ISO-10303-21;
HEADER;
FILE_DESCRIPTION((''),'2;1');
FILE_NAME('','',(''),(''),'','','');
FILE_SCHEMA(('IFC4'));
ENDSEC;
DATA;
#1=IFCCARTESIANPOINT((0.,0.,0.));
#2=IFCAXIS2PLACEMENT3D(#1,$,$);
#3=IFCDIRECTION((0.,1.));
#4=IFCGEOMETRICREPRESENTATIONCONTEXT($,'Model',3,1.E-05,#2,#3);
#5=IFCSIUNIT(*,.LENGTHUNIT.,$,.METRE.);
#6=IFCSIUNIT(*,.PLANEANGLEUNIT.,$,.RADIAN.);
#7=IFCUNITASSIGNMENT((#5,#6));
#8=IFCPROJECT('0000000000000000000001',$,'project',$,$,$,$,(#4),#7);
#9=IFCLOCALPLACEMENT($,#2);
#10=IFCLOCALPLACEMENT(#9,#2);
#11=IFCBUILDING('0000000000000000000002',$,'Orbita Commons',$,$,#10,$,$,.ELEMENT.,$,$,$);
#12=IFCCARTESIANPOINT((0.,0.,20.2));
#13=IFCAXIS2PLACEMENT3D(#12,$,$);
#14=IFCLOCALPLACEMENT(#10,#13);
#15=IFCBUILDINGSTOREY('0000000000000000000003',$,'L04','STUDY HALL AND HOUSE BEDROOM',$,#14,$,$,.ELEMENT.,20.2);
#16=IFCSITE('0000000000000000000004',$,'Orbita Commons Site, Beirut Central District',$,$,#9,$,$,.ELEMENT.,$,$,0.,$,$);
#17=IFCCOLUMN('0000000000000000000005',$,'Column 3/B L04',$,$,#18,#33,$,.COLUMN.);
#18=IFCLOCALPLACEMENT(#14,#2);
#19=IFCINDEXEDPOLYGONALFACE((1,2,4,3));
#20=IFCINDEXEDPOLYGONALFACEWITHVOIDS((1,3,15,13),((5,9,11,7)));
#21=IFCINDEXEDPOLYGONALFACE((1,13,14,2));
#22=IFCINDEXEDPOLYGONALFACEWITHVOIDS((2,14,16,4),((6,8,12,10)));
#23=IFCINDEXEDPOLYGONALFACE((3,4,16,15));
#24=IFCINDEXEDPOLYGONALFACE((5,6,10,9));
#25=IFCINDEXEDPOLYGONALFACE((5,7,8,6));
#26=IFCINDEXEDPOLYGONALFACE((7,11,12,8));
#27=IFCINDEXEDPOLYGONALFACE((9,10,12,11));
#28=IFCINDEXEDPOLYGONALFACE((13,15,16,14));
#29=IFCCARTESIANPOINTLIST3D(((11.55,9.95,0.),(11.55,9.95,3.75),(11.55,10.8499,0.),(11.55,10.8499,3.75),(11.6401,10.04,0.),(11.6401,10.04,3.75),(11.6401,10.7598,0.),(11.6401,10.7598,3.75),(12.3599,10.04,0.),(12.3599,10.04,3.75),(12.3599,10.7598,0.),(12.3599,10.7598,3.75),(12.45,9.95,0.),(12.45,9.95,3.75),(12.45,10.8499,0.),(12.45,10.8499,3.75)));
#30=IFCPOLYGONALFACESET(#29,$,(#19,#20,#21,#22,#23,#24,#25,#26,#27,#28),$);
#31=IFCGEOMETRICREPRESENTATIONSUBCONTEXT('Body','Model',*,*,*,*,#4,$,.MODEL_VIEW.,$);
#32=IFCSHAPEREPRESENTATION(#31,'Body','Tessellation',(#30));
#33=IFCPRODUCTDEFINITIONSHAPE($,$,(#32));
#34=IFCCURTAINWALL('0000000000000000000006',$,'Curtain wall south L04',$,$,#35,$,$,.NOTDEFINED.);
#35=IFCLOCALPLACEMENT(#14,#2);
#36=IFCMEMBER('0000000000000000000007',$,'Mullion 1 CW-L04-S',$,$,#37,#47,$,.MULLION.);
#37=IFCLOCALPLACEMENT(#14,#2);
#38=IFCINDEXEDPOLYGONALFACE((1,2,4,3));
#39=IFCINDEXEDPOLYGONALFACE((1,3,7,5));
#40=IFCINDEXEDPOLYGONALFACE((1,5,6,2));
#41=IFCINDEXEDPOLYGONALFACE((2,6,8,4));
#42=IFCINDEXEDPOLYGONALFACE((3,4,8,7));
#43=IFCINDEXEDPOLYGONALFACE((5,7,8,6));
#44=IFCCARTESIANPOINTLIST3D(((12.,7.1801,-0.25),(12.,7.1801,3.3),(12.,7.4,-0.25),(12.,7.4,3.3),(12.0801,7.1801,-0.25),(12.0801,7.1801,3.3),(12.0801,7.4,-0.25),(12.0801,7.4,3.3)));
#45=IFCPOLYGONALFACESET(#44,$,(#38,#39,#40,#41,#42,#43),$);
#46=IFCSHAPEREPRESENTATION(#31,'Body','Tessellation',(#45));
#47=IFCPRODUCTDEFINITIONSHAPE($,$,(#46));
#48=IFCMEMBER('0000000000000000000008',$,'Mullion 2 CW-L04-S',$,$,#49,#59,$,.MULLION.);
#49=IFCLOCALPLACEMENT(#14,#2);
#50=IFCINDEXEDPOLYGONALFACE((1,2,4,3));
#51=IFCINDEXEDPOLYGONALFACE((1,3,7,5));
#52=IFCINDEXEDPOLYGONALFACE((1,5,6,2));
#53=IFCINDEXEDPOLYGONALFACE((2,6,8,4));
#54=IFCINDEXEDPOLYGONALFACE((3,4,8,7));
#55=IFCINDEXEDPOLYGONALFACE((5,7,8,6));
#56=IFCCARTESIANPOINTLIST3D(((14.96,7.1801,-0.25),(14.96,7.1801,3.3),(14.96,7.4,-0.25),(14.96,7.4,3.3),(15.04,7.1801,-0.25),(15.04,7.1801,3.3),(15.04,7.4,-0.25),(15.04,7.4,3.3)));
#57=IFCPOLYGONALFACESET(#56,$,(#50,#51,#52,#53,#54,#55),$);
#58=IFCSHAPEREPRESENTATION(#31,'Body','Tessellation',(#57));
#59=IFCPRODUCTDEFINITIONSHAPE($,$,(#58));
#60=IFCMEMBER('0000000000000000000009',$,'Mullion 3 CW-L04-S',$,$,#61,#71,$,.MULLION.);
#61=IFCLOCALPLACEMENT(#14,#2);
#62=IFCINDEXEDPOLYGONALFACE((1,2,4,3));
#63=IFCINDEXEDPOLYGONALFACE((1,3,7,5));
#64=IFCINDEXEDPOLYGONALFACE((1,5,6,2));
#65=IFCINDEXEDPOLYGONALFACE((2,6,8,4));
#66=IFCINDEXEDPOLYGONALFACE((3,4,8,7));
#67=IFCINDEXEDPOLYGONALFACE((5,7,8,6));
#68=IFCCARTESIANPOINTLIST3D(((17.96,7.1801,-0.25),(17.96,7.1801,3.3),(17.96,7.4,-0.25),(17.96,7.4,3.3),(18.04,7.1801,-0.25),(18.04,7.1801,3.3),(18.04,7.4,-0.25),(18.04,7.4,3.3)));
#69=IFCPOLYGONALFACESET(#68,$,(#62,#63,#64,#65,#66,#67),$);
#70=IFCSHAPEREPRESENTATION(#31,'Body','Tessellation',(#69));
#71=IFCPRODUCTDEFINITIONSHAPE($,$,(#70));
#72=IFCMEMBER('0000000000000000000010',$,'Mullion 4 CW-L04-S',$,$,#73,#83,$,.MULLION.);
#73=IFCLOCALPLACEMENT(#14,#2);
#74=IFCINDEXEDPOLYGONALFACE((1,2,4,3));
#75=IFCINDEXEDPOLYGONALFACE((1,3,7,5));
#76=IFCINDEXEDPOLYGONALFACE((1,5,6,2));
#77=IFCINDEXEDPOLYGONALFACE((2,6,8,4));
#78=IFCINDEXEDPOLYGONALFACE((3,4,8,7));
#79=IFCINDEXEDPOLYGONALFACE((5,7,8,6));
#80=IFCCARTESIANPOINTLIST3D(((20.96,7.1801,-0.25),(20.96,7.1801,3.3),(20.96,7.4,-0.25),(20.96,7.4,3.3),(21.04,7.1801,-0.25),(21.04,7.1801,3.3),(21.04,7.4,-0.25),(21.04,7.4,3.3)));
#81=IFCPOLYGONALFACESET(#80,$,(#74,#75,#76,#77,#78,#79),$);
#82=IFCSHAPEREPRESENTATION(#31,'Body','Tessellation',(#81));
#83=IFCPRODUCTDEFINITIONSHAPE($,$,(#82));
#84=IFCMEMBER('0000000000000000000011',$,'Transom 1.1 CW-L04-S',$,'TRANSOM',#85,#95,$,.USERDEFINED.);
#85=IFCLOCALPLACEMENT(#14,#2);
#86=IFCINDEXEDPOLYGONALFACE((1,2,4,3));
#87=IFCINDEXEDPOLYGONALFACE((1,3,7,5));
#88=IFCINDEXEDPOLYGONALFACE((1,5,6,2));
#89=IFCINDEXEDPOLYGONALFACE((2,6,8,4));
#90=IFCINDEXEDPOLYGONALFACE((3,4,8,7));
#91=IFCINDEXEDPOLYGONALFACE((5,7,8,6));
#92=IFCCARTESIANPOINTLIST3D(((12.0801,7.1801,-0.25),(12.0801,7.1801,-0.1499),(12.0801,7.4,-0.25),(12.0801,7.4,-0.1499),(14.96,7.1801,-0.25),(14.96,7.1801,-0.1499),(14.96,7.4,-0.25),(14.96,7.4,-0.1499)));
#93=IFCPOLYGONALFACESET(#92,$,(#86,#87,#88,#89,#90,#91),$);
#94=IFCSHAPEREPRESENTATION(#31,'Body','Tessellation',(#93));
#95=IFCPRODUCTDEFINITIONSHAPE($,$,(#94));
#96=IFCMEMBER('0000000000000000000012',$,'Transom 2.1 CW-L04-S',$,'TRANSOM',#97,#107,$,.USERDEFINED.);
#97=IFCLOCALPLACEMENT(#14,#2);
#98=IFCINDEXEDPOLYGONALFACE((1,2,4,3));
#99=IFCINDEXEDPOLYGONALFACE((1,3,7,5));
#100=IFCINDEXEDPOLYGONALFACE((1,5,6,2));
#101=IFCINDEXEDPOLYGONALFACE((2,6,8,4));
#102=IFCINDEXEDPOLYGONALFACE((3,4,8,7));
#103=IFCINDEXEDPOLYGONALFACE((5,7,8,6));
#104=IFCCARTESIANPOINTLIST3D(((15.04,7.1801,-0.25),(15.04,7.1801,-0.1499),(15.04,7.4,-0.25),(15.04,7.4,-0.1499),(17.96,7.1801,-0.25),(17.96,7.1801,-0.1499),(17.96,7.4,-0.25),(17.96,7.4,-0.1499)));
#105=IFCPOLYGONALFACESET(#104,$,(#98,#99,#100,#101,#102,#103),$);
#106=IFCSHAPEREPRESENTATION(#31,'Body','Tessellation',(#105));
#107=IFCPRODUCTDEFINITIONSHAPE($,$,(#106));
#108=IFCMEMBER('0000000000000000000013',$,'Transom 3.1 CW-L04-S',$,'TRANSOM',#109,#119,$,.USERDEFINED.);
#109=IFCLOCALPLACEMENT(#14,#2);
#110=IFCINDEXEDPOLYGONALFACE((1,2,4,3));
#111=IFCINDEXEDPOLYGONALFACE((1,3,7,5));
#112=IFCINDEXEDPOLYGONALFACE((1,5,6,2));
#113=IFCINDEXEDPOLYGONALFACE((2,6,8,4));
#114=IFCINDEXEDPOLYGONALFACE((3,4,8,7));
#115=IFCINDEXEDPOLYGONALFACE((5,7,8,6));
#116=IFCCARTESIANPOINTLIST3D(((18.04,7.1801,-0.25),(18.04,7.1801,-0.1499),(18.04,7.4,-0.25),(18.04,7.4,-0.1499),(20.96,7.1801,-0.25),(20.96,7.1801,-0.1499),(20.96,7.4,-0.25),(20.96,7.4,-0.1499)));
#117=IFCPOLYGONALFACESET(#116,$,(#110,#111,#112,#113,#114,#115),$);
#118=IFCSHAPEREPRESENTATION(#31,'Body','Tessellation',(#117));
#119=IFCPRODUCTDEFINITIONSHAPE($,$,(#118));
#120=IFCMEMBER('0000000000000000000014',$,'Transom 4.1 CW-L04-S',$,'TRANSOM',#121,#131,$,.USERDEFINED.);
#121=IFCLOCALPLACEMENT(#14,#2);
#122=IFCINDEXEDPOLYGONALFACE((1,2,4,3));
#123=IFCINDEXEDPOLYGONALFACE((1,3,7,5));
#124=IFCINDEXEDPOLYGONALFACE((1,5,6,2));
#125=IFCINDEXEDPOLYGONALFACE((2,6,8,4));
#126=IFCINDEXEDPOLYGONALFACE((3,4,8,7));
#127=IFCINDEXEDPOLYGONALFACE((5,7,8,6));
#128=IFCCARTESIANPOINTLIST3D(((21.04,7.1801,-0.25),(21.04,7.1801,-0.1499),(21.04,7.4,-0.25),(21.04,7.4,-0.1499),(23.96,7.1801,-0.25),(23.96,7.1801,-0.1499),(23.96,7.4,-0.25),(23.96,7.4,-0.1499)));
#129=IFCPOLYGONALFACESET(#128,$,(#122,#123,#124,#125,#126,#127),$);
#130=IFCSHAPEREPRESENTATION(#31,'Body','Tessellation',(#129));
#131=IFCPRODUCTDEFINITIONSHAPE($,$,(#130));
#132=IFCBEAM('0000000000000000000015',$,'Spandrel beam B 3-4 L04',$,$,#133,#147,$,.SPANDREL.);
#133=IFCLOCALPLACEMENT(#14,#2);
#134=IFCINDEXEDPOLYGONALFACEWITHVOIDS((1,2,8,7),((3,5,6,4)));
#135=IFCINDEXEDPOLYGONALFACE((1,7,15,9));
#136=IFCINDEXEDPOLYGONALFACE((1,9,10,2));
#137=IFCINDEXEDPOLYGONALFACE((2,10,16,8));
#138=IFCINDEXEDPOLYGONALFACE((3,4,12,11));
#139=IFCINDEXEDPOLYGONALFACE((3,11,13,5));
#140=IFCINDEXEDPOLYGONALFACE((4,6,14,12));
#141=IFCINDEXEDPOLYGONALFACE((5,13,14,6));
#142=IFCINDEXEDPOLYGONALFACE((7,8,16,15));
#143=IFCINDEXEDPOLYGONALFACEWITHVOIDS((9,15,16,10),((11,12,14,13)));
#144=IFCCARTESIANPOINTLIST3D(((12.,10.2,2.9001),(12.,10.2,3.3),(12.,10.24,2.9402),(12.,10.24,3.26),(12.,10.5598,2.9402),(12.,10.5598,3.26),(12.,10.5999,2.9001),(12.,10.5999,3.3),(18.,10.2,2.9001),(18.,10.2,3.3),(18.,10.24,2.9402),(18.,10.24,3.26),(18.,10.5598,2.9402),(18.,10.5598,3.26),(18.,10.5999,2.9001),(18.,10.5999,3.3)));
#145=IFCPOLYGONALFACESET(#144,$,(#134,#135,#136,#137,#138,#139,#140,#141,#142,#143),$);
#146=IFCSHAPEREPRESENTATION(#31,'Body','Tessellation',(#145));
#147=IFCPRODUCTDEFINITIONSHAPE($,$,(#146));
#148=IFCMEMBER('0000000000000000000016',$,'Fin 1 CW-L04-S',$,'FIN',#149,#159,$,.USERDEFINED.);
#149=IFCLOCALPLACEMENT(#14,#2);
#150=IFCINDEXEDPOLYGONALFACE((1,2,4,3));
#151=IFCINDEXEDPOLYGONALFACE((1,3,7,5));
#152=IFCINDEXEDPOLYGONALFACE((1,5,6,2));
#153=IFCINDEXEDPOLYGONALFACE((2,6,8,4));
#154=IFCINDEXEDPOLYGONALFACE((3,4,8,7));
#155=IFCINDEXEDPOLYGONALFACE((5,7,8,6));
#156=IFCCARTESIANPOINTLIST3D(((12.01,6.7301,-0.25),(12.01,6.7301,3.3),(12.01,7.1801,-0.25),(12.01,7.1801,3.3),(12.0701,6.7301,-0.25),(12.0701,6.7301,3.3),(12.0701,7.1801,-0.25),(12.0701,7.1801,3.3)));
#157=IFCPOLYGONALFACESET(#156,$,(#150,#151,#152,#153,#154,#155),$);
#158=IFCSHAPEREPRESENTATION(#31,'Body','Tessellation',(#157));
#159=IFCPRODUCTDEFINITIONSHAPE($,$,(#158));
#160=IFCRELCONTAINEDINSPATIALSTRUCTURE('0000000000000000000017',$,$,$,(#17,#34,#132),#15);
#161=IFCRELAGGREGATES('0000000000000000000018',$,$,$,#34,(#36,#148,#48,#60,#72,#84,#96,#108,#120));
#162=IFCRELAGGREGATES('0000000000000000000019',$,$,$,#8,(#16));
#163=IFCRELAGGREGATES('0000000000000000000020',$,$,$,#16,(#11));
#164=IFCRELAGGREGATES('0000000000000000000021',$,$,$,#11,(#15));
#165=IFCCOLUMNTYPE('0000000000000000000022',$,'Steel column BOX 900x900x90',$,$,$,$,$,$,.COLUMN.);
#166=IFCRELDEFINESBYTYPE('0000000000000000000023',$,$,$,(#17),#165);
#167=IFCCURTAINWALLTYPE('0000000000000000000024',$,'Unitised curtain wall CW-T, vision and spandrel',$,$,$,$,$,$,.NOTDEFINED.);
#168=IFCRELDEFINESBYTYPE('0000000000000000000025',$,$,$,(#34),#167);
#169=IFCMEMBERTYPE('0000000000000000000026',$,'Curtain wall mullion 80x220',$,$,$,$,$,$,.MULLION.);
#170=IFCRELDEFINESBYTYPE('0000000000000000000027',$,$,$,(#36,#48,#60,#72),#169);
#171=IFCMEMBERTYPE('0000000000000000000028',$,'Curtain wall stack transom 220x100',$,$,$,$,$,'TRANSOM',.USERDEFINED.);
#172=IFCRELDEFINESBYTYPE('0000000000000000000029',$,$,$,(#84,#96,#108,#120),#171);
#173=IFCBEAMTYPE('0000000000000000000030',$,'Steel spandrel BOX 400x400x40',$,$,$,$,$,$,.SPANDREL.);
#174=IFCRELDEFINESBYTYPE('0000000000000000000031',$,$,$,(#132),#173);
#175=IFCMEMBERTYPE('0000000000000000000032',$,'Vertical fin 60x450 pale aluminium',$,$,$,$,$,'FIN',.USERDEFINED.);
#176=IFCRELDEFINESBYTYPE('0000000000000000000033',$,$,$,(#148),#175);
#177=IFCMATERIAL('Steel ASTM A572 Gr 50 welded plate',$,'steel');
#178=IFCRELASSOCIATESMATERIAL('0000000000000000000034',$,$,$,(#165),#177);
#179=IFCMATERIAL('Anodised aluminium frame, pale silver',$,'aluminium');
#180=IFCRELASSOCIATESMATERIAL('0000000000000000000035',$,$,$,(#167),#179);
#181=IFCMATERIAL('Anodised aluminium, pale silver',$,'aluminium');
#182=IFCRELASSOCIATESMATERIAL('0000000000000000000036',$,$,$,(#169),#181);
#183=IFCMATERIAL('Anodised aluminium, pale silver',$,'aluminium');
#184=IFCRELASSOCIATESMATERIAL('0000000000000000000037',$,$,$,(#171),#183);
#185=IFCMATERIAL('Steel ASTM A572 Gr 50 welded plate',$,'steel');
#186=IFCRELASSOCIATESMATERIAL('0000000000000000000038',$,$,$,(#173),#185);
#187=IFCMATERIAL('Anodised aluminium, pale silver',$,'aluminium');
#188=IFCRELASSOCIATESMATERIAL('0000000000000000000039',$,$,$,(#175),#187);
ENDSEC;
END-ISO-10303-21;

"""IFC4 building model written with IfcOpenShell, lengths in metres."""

from ifc_helpers import new_model, si_unit, direction, frame, origin, origin_2d, place, context, subcontext, project, spatial, rectangle, hollow_rectangle, extrude, material, material_profile, profile_set, type_object, element, aggregate, save


model = new_model("IFC4")

# Units and contexts
model_context = context("Model", 3, precision=1e-05, world=origin(), true_north=direction((0.0, 1.0)))
body_context = subcontext(model_context, "Body", "Model", "MODEL_VIEW")
ifc_project = project(units=[si_unit("LENGTHUNIT", "METRE"), si_unit("PLANEANGLEUNIT", "RADIAN")], contexts=[model_context])

# Site, building, storey
site_placement = place(None, origin())
site = spatial("IfcSite", under=ifc_project, at=site_placement, Name="Orbita Commons Site, Beirut Central District", CompositionType="ELEMENT", RefElevation=0.0)
building_placement = place(site_placement, origin())
building = spatial("IfcBuilding", under=site, at=building_placement, Name="Orbita Commons", CompositionType="ELEMENT")
storey_placement = place(building_placement, frame((0.0, 0.0, 20.2)))
storey = spatial("IfcBuildingStorey", under=building, at=storey_placement, Name="L04", Description="STUDY HALL AND HOUSE BEDROOM", CompositionType="ELEMENT", Elevation=20.2)

# Column
ifc_material_1 = material(Name="Steel ASTM A572 Gr 50 welded plate", Category="steel")
ifc_material_profile_1 = material_profile(ifc_material_1, hollow_rectangle(XDim=0.8999, YDim=0.8999, WallThickness=0.0901, at=origin_2d()), Name="BOX 900x900x90")
ifc_profile_set_1 = profile_set([ifc_material_profile_1], Name="Steel ASTM A572 Gr 50 welded plate")
column_type = type_object("IfcColumnType", Name="Steel column BOX 900x900x90", PredefinedType="COLUMN", material=ifc_profile_set_1)
column_placement = place(storey_placement, frame((12.0, 10.3999, 0.0), z_axis=(0.0, 0.0, 1.0), x_axis=(1.0, 0.0, 0.0)))
element("IfcColumn", 1, at=column_placement, inside=storey, type_object=column_type, Name="Column 3/B L04", PredefinedType="COLUMN", context=body_context, shape_type="SweptSolid", body=[
    extrude(hollow_rectangle(XDim=0.8999, YDim=0.8999, WallThickness=0.0901, at=origin_2d()), origin(), (0.0, 0.0, 1.0), 3.75),
])

# Curtain wall, members
ifc_material_2 = material(Name="Anodised aluminium frame, pale silver", Category="aluminium")
curtain_wall_type = type_object("IfcCurtainWallType", Name="Unitised curtain wall CW-T, vision and spandrel", PredefinedType="NOTDEFINED", material=ifc_material_2)
curtain_wall_placement = place(storey_placement, origin())
curtain_wall = element("IfcCurtainWall", 2, at=curtain_wall_placement, inside=storey, type_object=curtain_wall_type, Name="Curtain wall south L04", PredefinedType="NOTDEFINED")
ifc_material_3 = material(Name="Anodised aluminium, pale silver", Category="aluminium")
ifc_material_profile_2 = material_profile(ifc_material_3, rectangle(XDim=0.0801, YDim=0.22, at=origin_2d()), Name="AL 80x220")
ifc_profile_set_2 = profile_set([ifc_material_profile_2], Name="Anodised aluminium, pale silver")
member_type_1 = type_object("IfcMemberType", Name="Curtain wall mullion 80x220", PredefinedType="MULLION", material=ifc_profile_set_2)
member_1_placement = place(storey_placement, frame((12.04, 7.29, -0.25), z_axis=(0.0, 0.0, 1.0), x_axis=(1.0, 0.0, 0.0)))
member_1 = element("IfcMember", 3, at=member_1_placement, type_object=member_type_1, Name="Mullion 1 CW-L04-S", PredefinedType="MULLION", context=body_context, shape_type="SweptSolid", body=[
    extrude(rectangle(XDim=0.0801, YDim=0.22, at=origin_2d()), origin(), (0.0, 0.0, 1.0), 3.55),
])
member_2_placement = place(storey_placement, frame((15.0, 7.29, -0.25), z_axis=(0.0, 0.0, 1.0), x_axis=(1.0, 0.0, 0.0)))
member_2 = element("IfcMember", 4, at=member_2_placement, type_object=member_type_1, Name="Mullion 2 CW-L04-S", PredefinedType="MULLION", context=body_context, shape_type="SweptSolid", body=[
    extrude(rectangle(XDim=0.0801, YDim=0.22, at=origin_2d()), origin(), (0.0, 0.0, 1.0), 3.55),
])
member_3_placement = place(storey_placement, frame((18.0, 7.29, -0.25), z_axis=(0.0, 0.0, 1.0), x_axis=(1.0, 0.0, 0.0)))
member_3 = element("IfcMember", 5, at=member_3_placement, type_object=member_type_1, Name="Mullion 3 CW-L04-S", PredefinedType="MULLION", context=body_context, shape_type="SweptSolid", body=[
    extrude(rectangle(XDim=0.0801, YDim=0.22, at=origin_2d()), origin(), (0.0, 0.0, 1.0), 3.55),
])
member_4_placement = place(storey_placement, frame((21.0, 7.29, -0.25), z_axis=(0.0, 0.0, 1.0), x_axis=(1.0, 0.0, 0.0)))
member_4 = element("IfcMember", 6, at=member_4_placement, type_object=member_type_1, Name="Mullion 4 CW-L04-S", PredefinedType="MULLION", context=body_context, shape_type="SweptSolid", body=[
    extrude(rectangle(XDim=0.0801, YDim=0.22, at=origin_2d()), origin(), (0.0, 0.0, 1.0), 3.55),
])
ifc_material_4 = material(Name="Anodised aluminium, pale silver", Category="aluminium")
ifc_material_profile_3 = material_profile(ifc_material_4, rectangle(XDim=0.22, YDim=0.1001, at=origin_2d()), Name="AL 220x100")
ifc_profile_set_3 = profile_set([ifc_material_profile_3], Name="Anodised aluminium, pale silver")
member_type_2 = type_object("IfcMemberType", Name="Curtain wall stack transom 220x100", ElementType="TRANSOM", PredefinedType="USERDEFINED", material=ifc_profile_set_3)
member_5_placement = place(storey_placement, frame((12.0801, 7.29, -0.2), z_axis=(1.0, 0.0, 0.0), x_axis=(0.0, 1.0, 0.0)))
member_5 = element("IfcMember", 7, at=member_5_placement, type_object=member_type_2, Name="Transom 1.1 CW-L04-S", ObjectType="TRANSOM", PredefinedType="USERDEFINED", context=body_context, shape_type="SweptSolid", body=[
    extrude(rectangle(XDim=0.22, YDim=0.1001, at=origin_2d()), origin(), (0.0, 0.0, 1.0), 2.8799),
])
member_6_placement = place(storey_placement, frame((15.04, 7.29, -0.2), z_axis=(1.0, 0.0, 0.0), x_axis=(0.0, 1.0, 0.0)))
member_6 = element("IfcMember", 8, at=member_6_placement, type_object=member_type_2, Name="Transom 2.1 CW-L04-S", ObjectType="TRANSOM", PredefinedType="USERDEFINED", context=body_context, shape_type="SweptSolid", body=[
    extrude(rectangle(XDim=0.22, YDim=0.1001, at=origin_2d()), origin(), (0.0, 0.0, 1.0), 2.9199),
])
member_7_placement = place(storey_placement, frame((18.04, 7.29, -0.2), z_axis=(1.0, 0.0, 0.0), x_axis=(0.0, 1.0, 0.0)))
member_7 = element("IfcMember", 9, at=member_7_placement, type_object=member_type_2, Name="Transom 3.1 CW-L04-S", ObjectType="TRANSOM", PredefinedType="USERDEFINED", context=body_context, shape_type="SweptSolid", body=[
    extrude(rectangle(XDim=0.22, YDim=0.1001, at=origin_2d()), origin(), (0.0, 0.0, 1.0), 2.9199),
])
member_8_placement = place(storey_placement, frame((21.04, 7.29, -0.2), z_axis=(1.0, 0.0, 0.0), x_axis=(0.0, 1.0, 0.0)))
member_8 = element("IfcMember", 10, at=member_8_placement, type_object=member_type_2, Name="Transom 4.1 CW-L04-S", ObjectType="TRANSOM", PredefinedType="USERDEFINED", context=body_context, shape_type="SweptSolid", body=[
    extrude(rectangle(XDim=0.22, YDim=0.1001, at=origin_2d()), origin(), (0.0, 0.0, 1.0), 2.9199),
])

# Beam
ifc_material_5 = material(Name="Steel ASTM A572 Gr 50 welded plate", Category="steel")
ifc_material_profile_4 = material_profile(ifc_material_5, hollow_rectangle(XDim=0.3999, YDim=0.3999, WallThickness=0.04, at=origin_2d()), Name="BOX 400x400x40")
ifc_profile_set_4 = profile_set([ifc_material_profile_4], Name="Steel ASTM A572 Gr 50 welded plate")
beam_type = type_object("IfcBeamType", Name="Steel spandrel BOX 400x400x40", PredefinedType="SPANDREL", material=ifc_profile_set_4)
beam_placement = place(storey_placement, frame((12.0, 10.3999, 3.1001), z_axis=(1.0, 0.0, 0.0), x_axis=(0.0, 1.0, 0.0)))
element("IfcBeam", 11, at=beam_placement, inside=storey, type_object=beam_type, Name="Spandrel beam B 3-4 L04", PredefinedType="SPANDREL", context=body_context, shape_type="SweptSolid", body=[
    extrude(hollow_rectangle(XDim=0.3999, YDim=0.3999, WallThickness=0.04, at=origin_2d()), origin(), (0.0, 0.0, 1.0), 6.0),
])

# Member
ifc_material_6 = material(Name="Anodised aluminium, pale silver", Category="aluminium")
ifc_material_profile_5 = material_profile(ifc_material_6, rectangle(XDim=0.0601, YDim=0.45, at=origin_2d()), Name="FIN 60x450")
ifc_profile_set_5 = profile_set([ifc_material_profile_5], Name="Anodised aluminium, pale silver")
member_type_3 = type_object("IfcMemberType", Name="Vertical fin 60x450 pale aluminium", ElementType="FIN", PredefinedType="USERDEFINED", material=ifc_profile_set_5)
member_9_placement = place(storey_placement, frame((12.04, 6.9551, -0.25), z_axis=(0.0, 0.0, 1.0), x_axis=(1.0, 0.0, 0.0)))
member_9 = element("IfcMember", 12, at=member_9_placement, type_object=member_type_3, Name="Fin 1 CW-L04-S", ObjectType="FIN", PredefinedType="USERDEFINED", context=body_context, shape_type="SweptSolid", body=[
    extrude(rectangle(XDim=0.0601, YDim=0.45, at=origin_2d()), origin(), (0.0, 0.0, 1.0), 3.55),
])

aggregate(curtain_wall, [member_1, member_9, member_2, member_3, member_4, member_5, member_6, member_7, member_8])

save(model, "model.ifc")
